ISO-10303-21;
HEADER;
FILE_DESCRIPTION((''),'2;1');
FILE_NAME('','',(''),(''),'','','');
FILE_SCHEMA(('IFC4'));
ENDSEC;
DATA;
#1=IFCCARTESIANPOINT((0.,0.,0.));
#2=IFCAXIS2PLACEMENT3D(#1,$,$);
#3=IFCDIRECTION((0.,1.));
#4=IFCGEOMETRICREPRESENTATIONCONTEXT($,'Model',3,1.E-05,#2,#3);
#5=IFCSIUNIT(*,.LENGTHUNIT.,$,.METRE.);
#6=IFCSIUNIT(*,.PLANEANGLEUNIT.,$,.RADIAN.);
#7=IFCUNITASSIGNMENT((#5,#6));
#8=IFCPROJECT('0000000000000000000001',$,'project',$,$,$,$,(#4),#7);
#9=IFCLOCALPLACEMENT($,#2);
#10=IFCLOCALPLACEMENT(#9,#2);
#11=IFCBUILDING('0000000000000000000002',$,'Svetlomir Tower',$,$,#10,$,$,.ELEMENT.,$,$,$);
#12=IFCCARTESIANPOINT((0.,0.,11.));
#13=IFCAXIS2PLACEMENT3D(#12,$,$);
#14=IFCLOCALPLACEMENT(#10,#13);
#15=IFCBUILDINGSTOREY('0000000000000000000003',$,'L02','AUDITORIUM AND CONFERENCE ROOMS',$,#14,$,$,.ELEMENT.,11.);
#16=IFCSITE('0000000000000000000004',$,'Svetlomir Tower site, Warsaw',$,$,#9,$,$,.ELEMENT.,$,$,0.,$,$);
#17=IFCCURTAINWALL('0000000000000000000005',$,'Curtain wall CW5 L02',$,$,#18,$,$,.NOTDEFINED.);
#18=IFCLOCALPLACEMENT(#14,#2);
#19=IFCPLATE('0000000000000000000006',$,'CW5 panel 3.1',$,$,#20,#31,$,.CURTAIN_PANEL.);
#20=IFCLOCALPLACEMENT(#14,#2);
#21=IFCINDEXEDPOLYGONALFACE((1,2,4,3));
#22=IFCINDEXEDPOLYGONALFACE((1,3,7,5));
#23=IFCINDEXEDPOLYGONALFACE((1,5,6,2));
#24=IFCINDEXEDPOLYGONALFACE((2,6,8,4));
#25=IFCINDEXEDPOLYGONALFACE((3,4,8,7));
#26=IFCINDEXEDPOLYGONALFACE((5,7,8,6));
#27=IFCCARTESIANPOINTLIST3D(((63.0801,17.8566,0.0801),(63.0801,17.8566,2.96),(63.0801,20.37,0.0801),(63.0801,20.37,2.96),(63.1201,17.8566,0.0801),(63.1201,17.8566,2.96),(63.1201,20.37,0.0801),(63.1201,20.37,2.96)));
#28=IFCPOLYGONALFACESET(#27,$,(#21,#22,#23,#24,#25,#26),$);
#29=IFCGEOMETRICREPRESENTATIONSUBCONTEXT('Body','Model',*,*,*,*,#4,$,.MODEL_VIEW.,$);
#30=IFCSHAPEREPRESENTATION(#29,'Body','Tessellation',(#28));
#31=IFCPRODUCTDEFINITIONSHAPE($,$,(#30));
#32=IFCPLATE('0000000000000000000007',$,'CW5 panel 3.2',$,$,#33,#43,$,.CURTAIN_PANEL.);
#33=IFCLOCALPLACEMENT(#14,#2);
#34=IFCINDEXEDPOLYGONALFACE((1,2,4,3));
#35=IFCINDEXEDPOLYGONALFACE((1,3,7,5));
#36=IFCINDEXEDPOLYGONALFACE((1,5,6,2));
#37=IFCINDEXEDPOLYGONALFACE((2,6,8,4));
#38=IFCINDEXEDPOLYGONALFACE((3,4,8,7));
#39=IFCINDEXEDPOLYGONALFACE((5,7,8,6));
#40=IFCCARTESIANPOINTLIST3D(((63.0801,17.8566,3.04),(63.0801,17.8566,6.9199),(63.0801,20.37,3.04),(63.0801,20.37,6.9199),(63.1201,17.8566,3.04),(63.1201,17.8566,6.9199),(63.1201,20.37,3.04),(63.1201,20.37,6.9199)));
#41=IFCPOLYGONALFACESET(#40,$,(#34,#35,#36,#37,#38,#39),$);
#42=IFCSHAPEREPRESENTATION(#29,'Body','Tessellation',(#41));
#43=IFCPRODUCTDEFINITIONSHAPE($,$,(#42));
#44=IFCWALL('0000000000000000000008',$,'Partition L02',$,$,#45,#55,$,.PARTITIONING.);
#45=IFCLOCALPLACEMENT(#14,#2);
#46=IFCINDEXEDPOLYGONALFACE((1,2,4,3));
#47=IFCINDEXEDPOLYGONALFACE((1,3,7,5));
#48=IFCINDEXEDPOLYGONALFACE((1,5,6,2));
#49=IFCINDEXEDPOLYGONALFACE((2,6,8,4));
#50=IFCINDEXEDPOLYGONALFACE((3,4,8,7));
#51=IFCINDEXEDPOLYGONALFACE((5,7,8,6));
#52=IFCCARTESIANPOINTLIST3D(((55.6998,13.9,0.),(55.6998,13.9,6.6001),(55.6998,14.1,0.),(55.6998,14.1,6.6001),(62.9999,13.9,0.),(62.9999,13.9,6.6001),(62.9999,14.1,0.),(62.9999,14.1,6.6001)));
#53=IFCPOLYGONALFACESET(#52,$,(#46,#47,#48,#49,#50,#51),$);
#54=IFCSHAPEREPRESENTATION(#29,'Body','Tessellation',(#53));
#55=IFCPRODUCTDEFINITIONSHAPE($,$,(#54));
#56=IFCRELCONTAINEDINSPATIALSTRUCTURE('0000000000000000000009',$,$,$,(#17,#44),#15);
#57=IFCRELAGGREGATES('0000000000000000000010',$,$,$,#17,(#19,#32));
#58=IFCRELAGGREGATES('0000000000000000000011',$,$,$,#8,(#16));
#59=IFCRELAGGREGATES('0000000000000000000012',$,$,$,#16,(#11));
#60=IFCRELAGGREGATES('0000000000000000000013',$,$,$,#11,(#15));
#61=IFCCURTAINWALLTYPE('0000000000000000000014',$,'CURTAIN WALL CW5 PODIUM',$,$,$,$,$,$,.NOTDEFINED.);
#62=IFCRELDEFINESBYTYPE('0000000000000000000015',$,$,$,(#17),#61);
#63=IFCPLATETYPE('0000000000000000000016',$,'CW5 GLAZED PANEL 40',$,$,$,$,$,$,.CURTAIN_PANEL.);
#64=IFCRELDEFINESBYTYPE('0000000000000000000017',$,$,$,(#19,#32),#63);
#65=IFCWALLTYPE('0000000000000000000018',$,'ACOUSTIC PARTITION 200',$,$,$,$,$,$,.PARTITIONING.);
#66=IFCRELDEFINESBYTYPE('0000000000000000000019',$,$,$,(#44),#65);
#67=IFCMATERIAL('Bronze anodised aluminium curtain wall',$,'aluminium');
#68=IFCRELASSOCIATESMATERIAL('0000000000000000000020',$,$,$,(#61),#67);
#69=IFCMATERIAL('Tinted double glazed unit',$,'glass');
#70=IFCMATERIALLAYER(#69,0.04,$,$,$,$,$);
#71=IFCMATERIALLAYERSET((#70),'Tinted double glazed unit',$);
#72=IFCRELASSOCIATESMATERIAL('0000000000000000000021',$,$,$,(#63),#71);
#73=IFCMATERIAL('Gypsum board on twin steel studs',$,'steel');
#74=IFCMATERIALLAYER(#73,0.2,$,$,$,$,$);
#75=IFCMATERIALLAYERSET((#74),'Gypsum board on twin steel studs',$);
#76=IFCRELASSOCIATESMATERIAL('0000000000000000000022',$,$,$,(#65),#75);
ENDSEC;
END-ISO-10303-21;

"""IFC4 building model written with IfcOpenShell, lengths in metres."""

from ifc_helpers import new_model, si_unit, direction, frame, frame_2d, origin, origin_2d, place, context, subcontext, project, spatial, rectangle, extrude, material, layer, layer_set, type_object, element, aggregate, save


model = new_model("IFC4")

# Units and contexts
model_context = context("Model", 3, precision=1e-05, world=origin(), true_north=direction((0.0, 1.0)))
body_context = subcontext(model_context, "Body", "Model", "MODEL_VIEW")
ifc_project = project(units=[si_unit("LENGTHUNIT", "METRE"), si_unit("PLANEANGLEUNIT", "RADIAN")], contexts=[model_context])

# Site, building, storey
site_placement = place(None, origin())
site = spatial("IfcSite", under=ifc_project, at=site_placement, Name="Svetlomir Tower site, Warsaw", CompositionType="ELEMENT", RefElevation=0.0)
building_placement = place(site_placement, origin())
building = spatial("IfcBuilding", under=site, at=building_placement, Name="Svetlomir Tower", CompositionType="ELEMENT")
storey_placement = place(building_placement, frame((0.0, 0.0, 11.0)))
storey = spatial("IfcBuildingStorey", under=building, at=storey_placement, Name="L02", Description="AUDITORIUM AND CONFERENCE ROOMS", CompositionType="ELEMENT", Elevation=11.0)

# Curtain wall
ifc_material_1 = material(Name="Bronze anodised aluminium curtain wall", Category="aluminium")
curtain_wall_type = type_object("IfcCurtainWallType", Name="CURTAIN WALL CW5 PODIUM", PredefinedType="NOTDEFINED", material=ifc_material_1)
curtain_wall_placement = place(storey_placement, origin())
curtain_wall = element("IfcCurtainWall", 1, at=curtain_wall_placement, inside=storey, type_object=curtain_wall_type, Name="Curtain wall CW5 L02", PredefinedType="NOTDEFINED")

# Plates
ifc_material_2 = material(Name="Tinted double glazed unit", Category="glass")
ifc_layer_1 = layer(ifc_material_2, 0.04)
ifc_layer_set_1 = layer_set([ifc_layer_1], Name="Tinted double glazed unit")
plate_type = type_object("IfcPlateType", Name="CW5 GLAZED PANEL 40", PredefinedType="CURTAIN_PANEL", material=ifc_layer_set_1)
plate_1_placement = place(storey_placement, frame((63.1001, 19.1133, 0.0801), z_axis=(0.0, 0.0, 1.0), x_axis=(0.0, 1.0, 0.0)))
plate_1 = element("IfcPlate", 2, at=plate_1_placement, type_object=plate_type, Name="CW5 panel 3.1", PredefinedType="CURTAIN_PANEL", context=body_context, shape_type="SweptSolid", body=[
    extrude(rectangle(XDim=2.5134, YDim=0.04, at=origin_2d()), origin(), (0.0, 0.0, 1.0), 2.8799),
])
plate_2_placement = place(storey_placement, frame((63.1001, 19.1133, 3.04), z_axis=(0.0, 0.0, 1.0), x_axis=(0.0, 1.0, 0.0)))
plate_2 = element("IfcPlate", 3, at=plate_2_placement, type_object=plate_type, Name="CW5 panel 3.2", PredefinedType="CURTAIN_PANEL", context=body_context, shape_type="SweptSolid", body=[
    extrude(rectangle(XDim=2.5134, YDim=0.04, at=origin_2d()), origin(), (0.0, 0.0, 1.0), 3.8799),
])
aggregate(curtain_wall, [plate_1, plate_2])

# Wall
ifc_material_3 = material(Name="Gypsum board on twin steel studs", Category="steel")
ifc_layer_2 = layer(ifc_material_3, 0.2)
ifc_layer_set_2 = layer_set([ifc_layer_2], Name="Gypsum board on twin steel studs")
wall_type = type_object("IfcWallType", Name="ACOUSTIC PARTITION 200", PredefinedType="PARTITIONING", material=ifc_layer_set_2)
wall_placement = place(storey_placement, frame((55.7, 14.0, 0.0), z_axis=(0.0, 0.0, 1.0), x_axis=(1.0, 0.0, 0.0)))
element("IfcWall", 4, at=wall_placement, inside=storey, type_object=wall_type, Name="Partition L02", PredefinedType="PARTITIONING", context=body_context, shape_type="SweptSolid", body=[
    extrude(rectangle(XDim=7.3, YDim=0.2, at=frame_2d((3.6499, 0.0))), origin(), (0.0, 0.0, 1.0), 6.6001),
])

save(model, "model.ifc")
